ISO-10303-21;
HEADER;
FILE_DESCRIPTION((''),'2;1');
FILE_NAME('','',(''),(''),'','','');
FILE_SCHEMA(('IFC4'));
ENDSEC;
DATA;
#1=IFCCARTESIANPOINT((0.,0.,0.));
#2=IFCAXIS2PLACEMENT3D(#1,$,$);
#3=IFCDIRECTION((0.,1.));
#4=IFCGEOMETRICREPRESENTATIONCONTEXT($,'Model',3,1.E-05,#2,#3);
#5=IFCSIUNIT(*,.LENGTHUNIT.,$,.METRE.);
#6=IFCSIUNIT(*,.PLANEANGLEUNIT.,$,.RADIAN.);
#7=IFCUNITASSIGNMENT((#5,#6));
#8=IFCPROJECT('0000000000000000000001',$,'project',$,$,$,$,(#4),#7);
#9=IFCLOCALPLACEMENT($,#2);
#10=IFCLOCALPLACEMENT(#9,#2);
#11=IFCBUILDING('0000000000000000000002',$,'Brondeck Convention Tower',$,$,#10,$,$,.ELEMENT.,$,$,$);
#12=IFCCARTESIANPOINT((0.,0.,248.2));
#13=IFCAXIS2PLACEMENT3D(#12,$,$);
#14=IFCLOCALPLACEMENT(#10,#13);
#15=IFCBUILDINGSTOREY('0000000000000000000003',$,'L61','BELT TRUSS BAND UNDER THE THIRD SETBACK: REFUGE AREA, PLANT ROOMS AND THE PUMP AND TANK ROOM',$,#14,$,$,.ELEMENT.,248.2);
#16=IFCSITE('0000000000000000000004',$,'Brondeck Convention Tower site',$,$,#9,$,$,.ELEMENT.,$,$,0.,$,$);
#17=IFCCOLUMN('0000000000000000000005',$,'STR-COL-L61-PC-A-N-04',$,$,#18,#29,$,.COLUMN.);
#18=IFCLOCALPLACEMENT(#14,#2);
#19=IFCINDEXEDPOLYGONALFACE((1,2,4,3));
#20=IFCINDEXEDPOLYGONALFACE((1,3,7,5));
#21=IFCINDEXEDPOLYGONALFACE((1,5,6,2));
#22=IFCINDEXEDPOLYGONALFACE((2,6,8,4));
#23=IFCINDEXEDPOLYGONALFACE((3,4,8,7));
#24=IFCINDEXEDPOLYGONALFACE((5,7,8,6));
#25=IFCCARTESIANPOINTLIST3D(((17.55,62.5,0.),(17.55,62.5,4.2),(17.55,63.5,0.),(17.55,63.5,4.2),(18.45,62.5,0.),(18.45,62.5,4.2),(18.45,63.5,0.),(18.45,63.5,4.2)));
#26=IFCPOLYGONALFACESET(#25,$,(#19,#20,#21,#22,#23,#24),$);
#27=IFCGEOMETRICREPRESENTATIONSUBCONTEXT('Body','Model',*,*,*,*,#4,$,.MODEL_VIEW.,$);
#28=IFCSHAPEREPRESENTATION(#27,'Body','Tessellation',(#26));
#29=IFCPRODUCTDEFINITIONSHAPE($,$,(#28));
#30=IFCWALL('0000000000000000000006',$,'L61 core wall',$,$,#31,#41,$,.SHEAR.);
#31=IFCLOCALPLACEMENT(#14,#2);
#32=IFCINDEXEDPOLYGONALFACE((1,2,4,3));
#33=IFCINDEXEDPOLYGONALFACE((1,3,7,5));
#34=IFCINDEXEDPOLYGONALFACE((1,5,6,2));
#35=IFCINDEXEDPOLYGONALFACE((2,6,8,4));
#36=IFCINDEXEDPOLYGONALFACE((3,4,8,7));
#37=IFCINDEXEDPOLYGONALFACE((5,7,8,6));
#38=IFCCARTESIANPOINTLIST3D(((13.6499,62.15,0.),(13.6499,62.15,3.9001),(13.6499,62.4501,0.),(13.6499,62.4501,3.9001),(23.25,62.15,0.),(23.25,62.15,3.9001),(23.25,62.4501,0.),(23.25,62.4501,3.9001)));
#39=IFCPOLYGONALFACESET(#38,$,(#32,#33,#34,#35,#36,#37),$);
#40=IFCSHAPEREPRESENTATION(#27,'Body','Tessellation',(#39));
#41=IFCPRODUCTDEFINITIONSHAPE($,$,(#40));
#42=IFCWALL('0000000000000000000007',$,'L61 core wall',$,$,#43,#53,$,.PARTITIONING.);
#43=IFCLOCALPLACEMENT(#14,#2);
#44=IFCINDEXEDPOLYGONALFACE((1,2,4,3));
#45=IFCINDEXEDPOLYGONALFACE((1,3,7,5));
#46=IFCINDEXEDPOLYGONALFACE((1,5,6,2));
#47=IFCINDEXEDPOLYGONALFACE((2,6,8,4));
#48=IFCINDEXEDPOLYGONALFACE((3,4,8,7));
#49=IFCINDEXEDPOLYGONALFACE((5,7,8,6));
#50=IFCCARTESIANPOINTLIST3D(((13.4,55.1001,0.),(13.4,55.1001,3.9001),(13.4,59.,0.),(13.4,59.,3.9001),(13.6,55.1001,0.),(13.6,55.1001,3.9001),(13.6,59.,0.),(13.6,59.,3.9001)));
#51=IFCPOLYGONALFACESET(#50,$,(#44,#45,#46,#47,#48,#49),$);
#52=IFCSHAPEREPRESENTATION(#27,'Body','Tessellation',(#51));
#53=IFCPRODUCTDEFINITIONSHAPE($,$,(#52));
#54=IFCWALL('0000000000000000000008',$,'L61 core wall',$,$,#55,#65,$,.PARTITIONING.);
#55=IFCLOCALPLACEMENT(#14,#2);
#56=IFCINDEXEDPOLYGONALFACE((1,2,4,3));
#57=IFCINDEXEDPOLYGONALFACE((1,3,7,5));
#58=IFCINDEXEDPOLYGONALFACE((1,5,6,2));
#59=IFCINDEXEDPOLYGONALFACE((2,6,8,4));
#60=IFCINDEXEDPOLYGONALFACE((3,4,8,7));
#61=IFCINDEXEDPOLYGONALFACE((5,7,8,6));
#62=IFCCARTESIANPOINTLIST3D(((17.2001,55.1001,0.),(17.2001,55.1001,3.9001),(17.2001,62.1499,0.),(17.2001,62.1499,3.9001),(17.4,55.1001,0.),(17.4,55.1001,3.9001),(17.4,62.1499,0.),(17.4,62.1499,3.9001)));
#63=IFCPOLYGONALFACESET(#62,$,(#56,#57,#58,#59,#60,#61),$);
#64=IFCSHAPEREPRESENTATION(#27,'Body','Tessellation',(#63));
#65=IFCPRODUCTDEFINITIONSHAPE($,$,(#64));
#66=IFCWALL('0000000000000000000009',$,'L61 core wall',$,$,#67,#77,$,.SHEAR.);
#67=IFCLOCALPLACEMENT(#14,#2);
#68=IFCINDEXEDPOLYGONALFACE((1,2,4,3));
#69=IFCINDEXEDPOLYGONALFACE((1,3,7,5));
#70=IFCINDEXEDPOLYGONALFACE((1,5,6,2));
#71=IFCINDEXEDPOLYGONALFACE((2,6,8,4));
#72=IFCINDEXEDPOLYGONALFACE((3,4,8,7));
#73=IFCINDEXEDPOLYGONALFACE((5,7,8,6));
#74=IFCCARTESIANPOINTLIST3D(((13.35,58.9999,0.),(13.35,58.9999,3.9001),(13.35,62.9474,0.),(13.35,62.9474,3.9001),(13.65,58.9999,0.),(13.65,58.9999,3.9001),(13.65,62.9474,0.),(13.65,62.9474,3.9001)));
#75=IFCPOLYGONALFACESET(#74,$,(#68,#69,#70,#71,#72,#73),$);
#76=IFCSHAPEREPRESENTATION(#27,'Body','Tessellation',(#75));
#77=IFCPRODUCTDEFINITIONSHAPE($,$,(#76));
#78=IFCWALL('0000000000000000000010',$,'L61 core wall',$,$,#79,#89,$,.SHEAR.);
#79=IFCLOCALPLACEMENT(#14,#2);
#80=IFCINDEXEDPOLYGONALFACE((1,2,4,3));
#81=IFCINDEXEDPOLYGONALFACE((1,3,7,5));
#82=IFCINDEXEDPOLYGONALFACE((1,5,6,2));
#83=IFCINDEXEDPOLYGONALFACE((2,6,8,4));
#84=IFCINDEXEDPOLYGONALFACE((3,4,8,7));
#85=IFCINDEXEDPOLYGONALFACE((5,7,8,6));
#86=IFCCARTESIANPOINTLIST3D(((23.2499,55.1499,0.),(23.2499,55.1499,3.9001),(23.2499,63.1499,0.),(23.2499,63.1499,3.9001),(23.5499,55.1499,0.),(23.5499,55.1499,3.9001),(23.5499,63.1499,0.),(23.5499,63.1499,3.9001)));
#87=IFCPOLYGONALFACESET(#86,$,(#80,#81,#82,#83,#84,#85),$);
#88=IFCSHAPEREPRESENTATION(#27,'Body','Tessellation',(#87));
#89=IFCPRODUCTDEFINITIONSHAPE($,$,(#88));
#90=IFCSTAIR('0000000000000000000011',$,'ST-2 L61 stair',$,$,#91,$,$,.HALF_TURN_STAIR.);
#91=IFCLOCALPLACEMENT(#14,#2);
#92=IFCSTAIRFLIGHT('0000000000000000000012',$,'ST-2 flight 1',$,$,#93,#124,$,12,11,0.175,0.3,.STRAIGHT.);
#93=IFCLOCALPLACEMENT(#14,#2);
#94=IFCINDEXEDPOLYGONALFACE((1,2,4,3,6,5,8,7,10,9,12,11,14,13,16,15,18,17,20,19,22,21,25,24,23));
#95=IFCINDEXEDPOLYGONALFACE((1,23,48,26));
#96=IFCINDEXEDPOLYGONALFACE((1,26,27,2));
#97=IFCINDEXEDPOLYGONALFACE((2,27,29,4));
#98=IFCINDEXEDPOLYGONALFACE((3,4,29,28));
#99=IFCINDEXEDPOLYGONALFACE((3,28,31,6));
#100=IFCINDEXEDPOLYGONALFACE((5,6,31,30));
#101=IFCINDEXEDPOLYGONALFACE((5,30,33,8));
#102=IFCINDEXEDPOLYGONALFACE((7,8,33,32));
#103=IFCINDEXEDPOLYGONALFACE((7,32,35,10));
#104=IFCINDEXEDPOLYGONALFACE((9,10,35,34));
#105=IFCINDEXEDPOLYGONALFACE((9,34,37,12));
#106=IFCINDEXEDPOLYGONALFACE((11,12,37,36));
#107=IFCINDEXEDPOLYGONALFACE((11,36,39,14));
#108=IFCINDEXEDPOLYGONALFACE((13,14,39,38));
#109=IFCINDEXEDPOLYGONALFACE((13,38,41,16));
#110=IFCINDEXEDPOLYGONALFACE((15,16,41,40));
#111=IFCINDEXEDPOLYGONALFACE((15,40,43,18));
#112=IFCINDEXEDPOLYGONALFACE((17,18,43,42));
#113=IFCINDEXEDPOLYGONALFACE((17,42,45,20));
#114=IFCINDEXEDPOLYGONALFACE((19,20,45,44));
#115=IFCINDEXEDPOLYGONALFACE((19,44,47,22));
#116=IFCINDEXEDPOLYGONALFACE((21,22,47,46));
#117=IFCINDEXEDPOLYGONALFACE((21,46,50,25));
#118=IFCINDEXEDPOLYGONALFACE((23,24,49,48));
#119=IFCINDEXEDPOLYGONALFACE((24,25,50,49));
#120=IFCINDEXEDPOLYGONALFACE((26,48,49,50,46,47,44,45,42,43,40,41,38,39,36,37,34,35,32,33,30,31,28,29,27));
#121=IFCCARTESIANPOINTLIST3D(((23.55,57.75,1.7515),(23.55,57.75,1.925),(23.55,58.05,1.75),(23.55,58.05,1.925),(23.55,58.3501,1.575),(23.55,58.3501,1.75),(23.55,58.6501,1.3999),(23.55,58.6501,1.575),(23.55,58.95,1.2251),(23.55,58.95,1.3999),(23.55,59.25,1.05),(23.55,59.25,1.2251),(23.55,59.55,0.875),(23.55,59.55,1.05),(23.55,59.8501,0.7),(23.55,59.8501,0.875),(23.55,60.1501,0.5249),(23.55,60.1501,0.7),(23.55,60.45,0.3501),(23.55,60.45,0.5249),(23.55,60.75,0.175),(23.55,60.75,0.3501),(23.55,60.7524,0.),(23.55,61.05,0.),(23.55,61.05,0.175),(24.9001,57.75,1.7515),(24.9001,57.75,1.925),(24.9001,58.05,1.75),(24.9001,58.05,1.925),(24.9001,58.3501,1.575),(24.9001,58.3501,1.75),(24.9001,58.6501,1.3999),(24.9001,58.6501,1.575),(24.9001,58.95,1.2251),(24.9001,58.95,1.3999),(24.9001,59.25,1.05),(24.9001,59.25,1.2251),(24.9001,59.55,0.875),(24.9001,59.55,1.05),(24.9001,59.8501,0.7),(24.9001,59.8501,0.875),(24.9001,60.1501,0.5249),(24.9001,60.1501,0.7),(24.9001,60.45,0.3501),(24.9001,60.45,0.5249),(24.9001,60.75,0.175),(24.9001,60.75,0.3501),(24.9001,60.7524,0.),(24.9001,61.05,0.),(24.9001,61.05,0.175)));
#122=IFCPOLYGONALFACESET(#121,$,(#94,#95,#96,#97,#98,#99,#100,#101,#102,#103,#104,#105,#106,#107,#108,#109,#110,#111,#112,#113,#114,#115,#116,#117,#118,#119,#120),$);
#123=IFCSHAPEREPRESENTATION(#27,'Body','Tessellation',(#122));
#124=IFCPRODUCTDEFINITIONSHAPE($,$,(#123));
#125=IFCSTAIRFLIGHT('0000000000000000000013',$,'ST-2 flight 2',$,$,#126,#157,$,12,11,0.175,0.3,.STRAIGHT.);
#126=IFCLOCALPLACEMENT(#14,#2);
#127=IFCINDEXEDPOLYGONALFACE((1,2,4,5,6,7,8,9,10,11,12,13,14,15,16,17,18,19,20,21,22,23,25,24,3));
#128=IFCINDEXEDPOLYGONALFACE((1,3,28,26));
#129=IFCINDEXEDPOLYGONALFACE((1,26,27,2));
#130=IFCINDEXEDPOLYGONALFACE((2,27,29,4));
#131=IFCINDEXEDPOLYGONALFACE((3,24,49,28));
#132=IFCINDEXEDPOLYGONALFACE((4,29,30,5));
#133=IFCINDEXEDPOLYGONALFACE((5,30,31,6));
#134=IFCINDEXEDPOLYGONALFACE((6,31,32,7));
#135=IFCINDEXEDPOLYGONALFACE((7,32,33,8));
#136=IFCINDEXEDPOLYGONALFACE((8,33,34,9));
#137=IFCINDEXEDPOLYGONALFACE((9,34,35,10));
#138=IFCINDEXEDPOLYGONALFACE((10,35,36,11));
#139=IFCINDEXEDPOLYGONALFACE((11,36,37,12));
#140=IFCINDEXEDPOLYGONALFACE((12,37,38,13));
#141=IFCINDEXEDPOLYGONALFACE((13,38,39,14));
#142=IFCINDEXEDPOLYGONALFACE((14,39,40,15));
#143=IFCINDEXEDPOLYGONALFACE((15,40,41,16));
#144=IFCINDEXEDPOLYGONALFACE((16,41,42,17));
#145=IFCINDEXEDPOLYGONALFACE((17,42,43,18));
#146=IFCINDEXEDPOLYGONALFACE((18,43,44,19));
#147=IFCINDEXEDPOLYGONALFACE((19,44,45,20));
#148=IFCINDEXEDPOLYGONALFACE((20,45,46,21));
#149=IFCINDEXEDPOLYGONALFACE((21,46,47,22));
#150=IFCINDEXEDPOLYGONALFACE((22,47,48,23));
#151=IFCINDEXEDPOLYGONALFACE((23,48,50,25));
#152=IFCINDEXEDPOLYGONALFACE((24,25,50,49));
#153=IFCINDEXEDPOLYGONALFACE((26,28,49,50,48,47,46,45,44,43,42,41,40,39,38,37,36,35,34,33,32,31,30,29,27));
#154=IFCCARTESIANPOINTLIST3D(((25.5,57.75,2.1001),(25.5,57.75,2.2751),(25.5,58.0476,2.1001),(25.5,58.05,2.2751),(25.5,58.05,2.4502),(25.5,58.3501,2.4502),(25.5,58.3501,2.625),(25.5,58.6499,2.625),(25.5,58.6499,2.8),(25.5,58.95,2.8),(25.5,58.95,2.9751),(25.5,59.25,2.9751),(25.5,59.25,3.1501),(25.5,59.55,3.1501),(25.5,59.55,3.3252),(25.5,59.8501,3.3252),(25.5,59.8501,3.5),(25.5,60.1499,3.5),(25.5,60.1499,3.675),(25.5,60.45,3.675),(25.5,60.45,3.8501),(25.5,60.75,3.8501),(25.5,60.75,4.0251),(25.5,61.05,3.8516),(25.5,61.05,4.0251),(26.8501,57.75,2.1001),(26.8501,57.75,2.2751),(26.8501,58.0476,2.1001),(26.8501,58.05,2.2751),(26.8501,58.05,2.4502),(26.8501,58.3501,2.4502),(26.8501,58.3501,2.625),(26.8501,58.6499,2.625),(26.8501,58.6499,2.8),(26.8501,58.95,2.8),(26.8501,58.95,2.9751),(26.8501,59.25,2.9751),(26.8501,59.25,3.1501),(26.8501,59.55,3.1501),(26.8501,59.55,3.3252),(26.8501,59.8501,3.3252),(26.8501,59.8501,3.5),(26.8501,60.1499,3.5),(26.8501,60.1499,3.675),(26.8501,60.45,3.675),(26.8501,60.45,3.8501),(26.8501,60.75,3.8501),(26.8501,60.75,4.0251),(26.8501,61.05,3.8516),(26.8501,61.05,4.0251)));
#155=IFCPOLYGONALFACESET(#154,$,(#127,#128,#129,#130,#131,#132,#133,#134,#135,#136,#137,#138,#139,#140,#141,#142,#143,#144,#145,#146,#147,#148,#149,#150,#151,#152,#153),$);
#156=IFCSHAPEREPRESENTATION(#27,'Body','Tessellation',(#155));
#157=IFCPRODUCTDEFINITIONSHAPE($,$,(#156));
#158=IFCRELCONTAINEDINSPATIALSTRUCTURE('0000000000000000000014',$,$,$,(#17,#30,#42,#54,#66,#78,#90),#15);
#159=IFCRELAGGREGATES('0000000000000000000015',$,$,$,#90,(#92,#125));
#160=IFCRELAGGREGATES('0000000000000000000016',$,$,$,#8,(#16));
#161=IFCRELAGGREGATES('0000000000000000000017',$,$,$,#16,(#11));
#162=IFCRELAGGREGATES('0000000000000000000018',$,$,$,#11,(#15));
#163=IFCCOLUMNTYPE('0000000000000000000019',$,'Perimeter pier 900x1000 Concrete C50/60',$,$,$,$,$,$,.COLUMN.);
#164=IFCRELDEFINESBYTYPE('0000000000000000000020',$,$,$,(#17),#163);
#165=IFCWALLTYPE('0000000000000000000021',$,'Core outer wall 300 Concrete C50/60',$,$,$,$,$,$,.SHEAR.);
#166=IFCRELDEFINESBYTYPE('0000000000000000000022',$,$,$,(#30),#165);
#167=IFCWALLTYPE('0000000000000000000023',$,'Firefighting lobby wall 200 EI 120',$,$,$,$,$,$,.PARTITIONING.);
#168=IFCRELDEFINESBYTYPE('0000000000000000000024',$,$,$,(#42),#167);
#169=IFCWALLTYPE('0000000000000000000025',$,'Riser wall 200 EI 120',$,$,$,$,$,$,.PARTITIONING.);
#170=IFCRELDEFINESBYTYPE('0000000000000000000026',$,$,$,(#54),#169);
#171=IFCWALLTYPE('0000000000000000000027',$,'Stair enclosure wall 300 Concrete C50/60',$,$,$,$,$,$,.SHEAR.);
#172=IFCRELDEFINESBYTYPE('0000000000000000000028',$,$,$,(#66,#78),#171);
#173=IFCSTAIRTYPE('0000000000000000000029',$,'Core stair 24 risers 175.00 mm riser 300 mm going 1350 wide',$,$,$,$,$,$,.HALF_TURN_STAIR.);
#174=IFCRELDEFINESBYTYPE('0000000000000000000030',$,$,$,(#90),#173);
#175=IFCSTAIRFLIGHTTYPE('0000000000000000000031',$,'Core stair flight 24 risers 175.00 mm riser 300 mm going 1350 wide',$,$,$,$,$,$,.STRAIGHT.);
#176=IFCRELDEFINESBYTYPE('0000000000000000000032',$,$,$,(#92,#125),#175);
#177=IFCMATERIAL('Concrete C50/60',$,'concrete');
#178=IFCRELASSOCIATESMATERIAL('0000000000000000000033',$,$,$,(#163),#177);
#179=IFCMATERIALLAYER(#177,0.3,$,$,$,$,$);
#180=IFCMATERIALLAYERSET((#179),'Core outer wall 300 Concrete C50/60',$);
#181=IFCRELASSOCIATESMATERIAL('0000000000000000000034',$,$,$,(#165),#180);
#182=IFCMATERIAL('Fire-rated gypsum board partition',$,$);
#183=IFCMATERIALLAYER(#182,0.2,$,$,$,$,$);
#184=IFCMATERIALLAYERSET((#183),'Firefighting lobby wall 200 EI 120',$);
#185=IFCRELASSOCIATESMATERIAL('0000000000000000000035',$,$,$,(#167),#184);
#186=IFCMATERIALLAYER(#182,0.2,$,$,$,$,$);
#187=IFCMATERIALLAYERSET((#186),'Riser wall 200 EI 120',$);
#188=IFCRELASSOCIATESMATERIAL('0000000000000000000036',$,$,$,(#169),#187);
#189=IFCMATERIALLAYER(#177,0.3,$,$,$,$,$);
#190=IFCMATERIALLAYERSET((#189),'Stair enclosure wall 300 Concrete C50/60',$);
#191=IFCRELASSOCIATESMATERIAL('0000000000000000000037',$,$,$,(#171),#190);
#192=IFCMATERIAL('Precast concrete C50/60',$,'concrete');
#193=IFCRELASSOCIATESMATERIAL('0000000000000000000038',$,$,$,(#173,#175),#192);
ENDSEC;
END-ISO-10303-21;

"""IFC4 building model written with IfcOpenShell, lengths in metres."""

from ifc_helpers import new_model, si_unit, direction, frame, frame_2d, origin, origin_2d, place, context, subcontext, project, spatial, polyline, rectangle, outline, extrude, material, layer, layer_set, material_profile, profile_set, type_object, element, aggregate, save


model = new_model("IFC4")

# Units and contexts
model_context = context("Model", 3, precision=1e-05, world=origin(), true_north=direction((0.0, 1.0)))
body_context = subcontext(model_context, "Body", "Model", "MODEL_VIEW")
ifc_project = project(units=[si_unit("LENGTHUNIT", "METRE"), si_unit("PLANEANGLEUNIT", "RADIAN")], contexts=[model_context])

# Site, building, storey
site_placement = place(None, origin())
site = spatial("IfcSite", under=ifc_project, at=site_placement, Name="Brondeck Convention Tower site", CompositionType="ELEMENT", RefElevation=0.0)
building_placement = place(site_placement, origin())
building = spatial("IfcBuilding", under=site, at=building_placement, Name="Brondeck Convention Tower", CompositionType="ELEMENT")
storey_placement = place(building_placement, frame((0.0, 0.0, 248.2)))
storey = spatial("IfcBuildingStorey", under=building, at=storey_placement, Name="L61", Description="BELT TRUSS BAND UNDER THE THIRD SETBACK: REFUGE AREA, PLANT ROOMS AND THE PUMP AND TANK ROOM", CompositionType="ELEMENT", Elevation=248.2)

# Column
ifc_material_1 = material(Name="Concrete C50/60", Category="concrete")
ifc_material_profile = material_profile(ifc_material_1, rectangle(XDim=0.8999, YDim=1.0, at=origin_2d()), Name="Perimeter pier 900x1000 Concrete C50/60")
ifc_profile_set = profile_set([ifc_material_profile], Name="Concrete C50/60")
column_type = type_object("IfcColumnType", Name="Perimeter pier 900x1000 Concrete C50/60", PredefinedType="COLUMN", material=ifc_profile_set)
column_placement = place(storey_placement, frame((18.0, 63.0, 0.0), z_axis=(0.0, 0.0, 1.0), x_axis=(-1.0, 0.0, 0.0)))
element("IfcColumn", 1, at=column_placement, inside=storey, type_object=column_type, Name="STR-COL-L61-PC-A-N-04", PredefinedType="COLUMN", context=body_context, shape_type="SweptSolid", body=[
    extrude(rectangle(XDim=0.8999, YDim=1.0, at=origin_2d()), origin(), (0.0, 0.0, 1.0), 4.2),
])

# Walls
ifc_layer_1 = layer(ifc_material_1, 0.3)
ifc_layer_set_1 = layer_set([ifc_layer_1], Name="Core outer wall 300 Concrete C50/60")
wall_type_1 = type_object("IfcWallType", Name="Core outer wall 300 Concrete C50/60", PredefinedType="SHEAR", material=ifc_layer_set_1)
wall_1_placement = place(storey_placement, frame((13.6499, 62.3, 0.0), z_axis=(0.0, 0.0, 1.0), x_axis=(1.0, 0.0, 0.0)))
element("IfcWall", 2, at=wall_1_placement, inside=storey, type_object=wall_type_1, Name="L61 core wall", PredefinedType="SHEAR", context=body_context, shape_type="SweptSolid", body=[
    extrude(rectangle(XDim=9.6001, YDim=0.3, at=frame_2d((4.8, 0.0))), origin(), (0.0, 0.0, 1.0), 3.9001),
])
ifc_material_2 = material(Name="Fire-rated gypsum board partition")
ifc_layer_2 = layer(ifc_material_2, 0.2)
ifc_layer_set_2 = layer_set([ifc_layer_2], Name="Firefighting lobby wall 200 EI 120")
wall_type_2 = type_object("IfcWallType", Name="Firefighting lobby wall 200 EI 120", PredefinedType="PARTITIONING", material=ifc_layer_set_2)
wall_2_placement = place(storey_placement, frame((13.5, 55.1001, 0.0), z_axis=(0.0, 0.0, 1.0), x_axis=(0.0, 1.0, 0.0)))
element("IfcWall", 3, at=wall_2_placement, inside=storey, type_object=wall_type_2, Name="L61 core wall", PredefinedType="PARTITIONING", context=body_context, shape_type="SweptSolid", body=[
    extrude(rectangle(XDim=3.8999, YDim=0.2, at=frame_2d((1.95, 0.0))), origin(), (0.0, 0.0, 1.0), 3.9001),
])
ifc_layer_3 = layer(ifc_material_2, 0.2)
ifc_layer_set_3 = layer_set([ifc_layer_3], Name="Riser wall 200 EI 120")
wall_type_3 = type_object("IfcWallType", Name="Riser wall 200 EI 120", PredefinedType="PARTITIONING", material=ifc_layer_set_3)
wall_3_placement = place(storey_placement, frame((17.3, 55.1001, 0.0), z_axis=(0.0, 0.0, 1.0), x_axis=(0.0, 1.0, 0.0)))
element("IfcWall", 4, at=wall_3_placement, inside=storey, type_object=wall_type_3, Name="L61 core wall", PredefinedType="PARTITIONING", context=body_context, shape_type="SweptSolid", body=[
    extrude(rectangle(XDim=7.0498, YDim=0.2, at=frame_2d((3.5249, 0.0))), origin(), (0.0, 0.0, 1.0), 3.9001),
])
ifc_layer_4 = layer(ifc_material_1, 0.3)
ifc_layer_set_4 = layer_set([ifc_layer_4], Name="Stair enclosure wall 300 Concrete C50/60")
wall_type_4 = type_object("IfcWallType", Name="Stair enclosure wall 300 Concrete C50/60", PredefinedType="SHEAR", material=ifc_layer_set_4)
wall_4_placement = place(storey_placement, frame((13.5, 59.0, 0.0), z_axis=(0.0, 0.0, 1.0), x_axis=(0.0, 1.0, 0.0)))
element("IfcWall", 5, at=wall_4_placement, inside=storey, type_object=wall_type_4, Name="L61 core wall", PredefinedType="SHEAR", context=body_context, shape_type="SweptSolid", body=[
    extrude(rectangle(XDim=3.9475, YDim=0.3, at=frame_2d((1.9736, 0.0))), origin(), (0.0, 0.0, 1.0), 3.9001),
])
wall_5_placement = place(storey_placement, frame((23.3999, 55.1499, 0.0), z_axis=(0.0, 0.0, 1.0), x_axis=(0.0, 1.0, 0.0)))
element("IfcWall", 6, at=wall_5_placement, inside=storey, type_object=wall_type_4, Name="L61 core wall", PredefinedType="SHEAR", context=body_context, shape_type="SweptSolid", body=[
    extrude(rectangle(XDim=8.0, YDim=0.3, at=frame_2d((4.0, 0.0))), origin(), (0.0, 0.0, 1.0), 3.9001),
])

# Stair, stair flights
ifc_material_3 = material(Name="Precast concrete C50/60", Category="concrete")
stair_type = type_object("IfcStairType", Name="Core stair 24 risers 175.00 mm riser 300 mm going 1350 wide", PredefinedType="HALF_TURN_STAIR", material=ifc_material_3)
stair_1_placement = place(storey_placement, origin())
stair_1 = element("IfcStair", 7, at=stair_1_placement, inside=storey, type_object=stair_type, Name="ST-2 L61 stair", PredefinedType="HALF_TURN_STAIR")
stair_flight_type = type_object("IfcStairFlightType", Name="Core stair flight 24 risers 175.00 mm riser 300 mm going 1350 wide", PredefinedType="STRAIGHT", material=ifc_material_3)
stair_flight_1_placement = place(storey_placement, frame((24.2251, 61.05, 0.0), z_axis=(0.0, 0.0, 1.0), x_axis=(0.0, -1.0, 0.0)))
stair_flight_1 = element("IfcStairFlight", 8, at=stair_flight_1_placement, type_object=stair_flight_type, Name="ST-2 flight 1", NumberOfRisers=12, NumberOfTreads=11, PredefinedType="STRAIGHT", RiserHeight=0.175, TreadLength=0.3, context=body_context, shape_type="SweptSolid", body=[
    extrude(outline(polyline([(0.0, 0.0), (0.0, 0.175), (0.3, 0.175), (0.3, 0.3501), (0.6001, 0.3501), (0.6001, 0.5249), (0.8999, 0.5249), (0.8999, 0.7), (1.2, 0.7), (1.2, 0.875), (1.5, 0.875), (1.5, 1.05), (1.8, 1.05), (1.8, 1.2251), (2.1001, 1.2251), (2.1001, 1.3999), (2.3999, 1.3999), (2.3999, 1.575), (2.7, 1.575), (2.7, 1.75), (3.0, 1.75), (3.0, 1.925), (3.3, 1.925), (3.3, 2.1001), (3.3, 1.7515), (0.2976, 0.0), (0.0, 0.0)])), frame((0.0, 0.675, 0.0), z_axis=(0.0, -1.0, 0.0), x_axis=(1.0, 0.0, 0.0)), (0.0, 0.0, 1.0), 1.3501),
])
stair_flight_2_placement = place(storey_placement, frame((26.175, 57.75, 2.1001), z_axis=(0.0, 0.0, 1.0), x_axis=(0.0, 1.0, 0.0)))
stair_flight_2 = element("IfcStairFlight", 9, at=stair_flight_2_placement, type_object=stair_flight_type, Name="ST-2 flight 2", NumberOfRisers=12, NumberOfTreads=11, PredefinedType="STRAIGHT", RiserHeight=0.175, TreadLength=0.3, context=body_context, shape_type="SweptSolid", body=[
    extrude(outline(polyline([(0.0, 0.0), (0.0, 0.175), (0.3, 0.175), (0.3, 0.3501), (0.6001, 0.3501), (0.6001, 0.5249), (0.8999, 0.5249), (0.8999, 0.7), (1.2, 0.7), (1.2, 0.875), (1.5, 0.875), (1.5, 1.05), (1.8, 1.05), (1.8, 1.2251), (2.1001, 1.2251), (2.1001, 1.3999), (2.3999, 1.3999), (2.3999, 1.575), (2.7, 1.575), (2.7, 1.75), (3.0, 1.75), (3.0, 1.925), (3.3, 1.925), (3.3, 2.1001), (3.3, 1.7515), (0.2976, 0.0), (0.0, 0.0)])), frame((0.0, 0.675, 0.0), z_axis=(0.0, -1.0, 0.0), x_axis=(1.0, 0.0, 0.0)), (0.0, 0.0, 1.0), 1.3501),
])
aggregate(stair_1, [stair_flight_1, stair_flight_2])

save(model, "model.ifc")
